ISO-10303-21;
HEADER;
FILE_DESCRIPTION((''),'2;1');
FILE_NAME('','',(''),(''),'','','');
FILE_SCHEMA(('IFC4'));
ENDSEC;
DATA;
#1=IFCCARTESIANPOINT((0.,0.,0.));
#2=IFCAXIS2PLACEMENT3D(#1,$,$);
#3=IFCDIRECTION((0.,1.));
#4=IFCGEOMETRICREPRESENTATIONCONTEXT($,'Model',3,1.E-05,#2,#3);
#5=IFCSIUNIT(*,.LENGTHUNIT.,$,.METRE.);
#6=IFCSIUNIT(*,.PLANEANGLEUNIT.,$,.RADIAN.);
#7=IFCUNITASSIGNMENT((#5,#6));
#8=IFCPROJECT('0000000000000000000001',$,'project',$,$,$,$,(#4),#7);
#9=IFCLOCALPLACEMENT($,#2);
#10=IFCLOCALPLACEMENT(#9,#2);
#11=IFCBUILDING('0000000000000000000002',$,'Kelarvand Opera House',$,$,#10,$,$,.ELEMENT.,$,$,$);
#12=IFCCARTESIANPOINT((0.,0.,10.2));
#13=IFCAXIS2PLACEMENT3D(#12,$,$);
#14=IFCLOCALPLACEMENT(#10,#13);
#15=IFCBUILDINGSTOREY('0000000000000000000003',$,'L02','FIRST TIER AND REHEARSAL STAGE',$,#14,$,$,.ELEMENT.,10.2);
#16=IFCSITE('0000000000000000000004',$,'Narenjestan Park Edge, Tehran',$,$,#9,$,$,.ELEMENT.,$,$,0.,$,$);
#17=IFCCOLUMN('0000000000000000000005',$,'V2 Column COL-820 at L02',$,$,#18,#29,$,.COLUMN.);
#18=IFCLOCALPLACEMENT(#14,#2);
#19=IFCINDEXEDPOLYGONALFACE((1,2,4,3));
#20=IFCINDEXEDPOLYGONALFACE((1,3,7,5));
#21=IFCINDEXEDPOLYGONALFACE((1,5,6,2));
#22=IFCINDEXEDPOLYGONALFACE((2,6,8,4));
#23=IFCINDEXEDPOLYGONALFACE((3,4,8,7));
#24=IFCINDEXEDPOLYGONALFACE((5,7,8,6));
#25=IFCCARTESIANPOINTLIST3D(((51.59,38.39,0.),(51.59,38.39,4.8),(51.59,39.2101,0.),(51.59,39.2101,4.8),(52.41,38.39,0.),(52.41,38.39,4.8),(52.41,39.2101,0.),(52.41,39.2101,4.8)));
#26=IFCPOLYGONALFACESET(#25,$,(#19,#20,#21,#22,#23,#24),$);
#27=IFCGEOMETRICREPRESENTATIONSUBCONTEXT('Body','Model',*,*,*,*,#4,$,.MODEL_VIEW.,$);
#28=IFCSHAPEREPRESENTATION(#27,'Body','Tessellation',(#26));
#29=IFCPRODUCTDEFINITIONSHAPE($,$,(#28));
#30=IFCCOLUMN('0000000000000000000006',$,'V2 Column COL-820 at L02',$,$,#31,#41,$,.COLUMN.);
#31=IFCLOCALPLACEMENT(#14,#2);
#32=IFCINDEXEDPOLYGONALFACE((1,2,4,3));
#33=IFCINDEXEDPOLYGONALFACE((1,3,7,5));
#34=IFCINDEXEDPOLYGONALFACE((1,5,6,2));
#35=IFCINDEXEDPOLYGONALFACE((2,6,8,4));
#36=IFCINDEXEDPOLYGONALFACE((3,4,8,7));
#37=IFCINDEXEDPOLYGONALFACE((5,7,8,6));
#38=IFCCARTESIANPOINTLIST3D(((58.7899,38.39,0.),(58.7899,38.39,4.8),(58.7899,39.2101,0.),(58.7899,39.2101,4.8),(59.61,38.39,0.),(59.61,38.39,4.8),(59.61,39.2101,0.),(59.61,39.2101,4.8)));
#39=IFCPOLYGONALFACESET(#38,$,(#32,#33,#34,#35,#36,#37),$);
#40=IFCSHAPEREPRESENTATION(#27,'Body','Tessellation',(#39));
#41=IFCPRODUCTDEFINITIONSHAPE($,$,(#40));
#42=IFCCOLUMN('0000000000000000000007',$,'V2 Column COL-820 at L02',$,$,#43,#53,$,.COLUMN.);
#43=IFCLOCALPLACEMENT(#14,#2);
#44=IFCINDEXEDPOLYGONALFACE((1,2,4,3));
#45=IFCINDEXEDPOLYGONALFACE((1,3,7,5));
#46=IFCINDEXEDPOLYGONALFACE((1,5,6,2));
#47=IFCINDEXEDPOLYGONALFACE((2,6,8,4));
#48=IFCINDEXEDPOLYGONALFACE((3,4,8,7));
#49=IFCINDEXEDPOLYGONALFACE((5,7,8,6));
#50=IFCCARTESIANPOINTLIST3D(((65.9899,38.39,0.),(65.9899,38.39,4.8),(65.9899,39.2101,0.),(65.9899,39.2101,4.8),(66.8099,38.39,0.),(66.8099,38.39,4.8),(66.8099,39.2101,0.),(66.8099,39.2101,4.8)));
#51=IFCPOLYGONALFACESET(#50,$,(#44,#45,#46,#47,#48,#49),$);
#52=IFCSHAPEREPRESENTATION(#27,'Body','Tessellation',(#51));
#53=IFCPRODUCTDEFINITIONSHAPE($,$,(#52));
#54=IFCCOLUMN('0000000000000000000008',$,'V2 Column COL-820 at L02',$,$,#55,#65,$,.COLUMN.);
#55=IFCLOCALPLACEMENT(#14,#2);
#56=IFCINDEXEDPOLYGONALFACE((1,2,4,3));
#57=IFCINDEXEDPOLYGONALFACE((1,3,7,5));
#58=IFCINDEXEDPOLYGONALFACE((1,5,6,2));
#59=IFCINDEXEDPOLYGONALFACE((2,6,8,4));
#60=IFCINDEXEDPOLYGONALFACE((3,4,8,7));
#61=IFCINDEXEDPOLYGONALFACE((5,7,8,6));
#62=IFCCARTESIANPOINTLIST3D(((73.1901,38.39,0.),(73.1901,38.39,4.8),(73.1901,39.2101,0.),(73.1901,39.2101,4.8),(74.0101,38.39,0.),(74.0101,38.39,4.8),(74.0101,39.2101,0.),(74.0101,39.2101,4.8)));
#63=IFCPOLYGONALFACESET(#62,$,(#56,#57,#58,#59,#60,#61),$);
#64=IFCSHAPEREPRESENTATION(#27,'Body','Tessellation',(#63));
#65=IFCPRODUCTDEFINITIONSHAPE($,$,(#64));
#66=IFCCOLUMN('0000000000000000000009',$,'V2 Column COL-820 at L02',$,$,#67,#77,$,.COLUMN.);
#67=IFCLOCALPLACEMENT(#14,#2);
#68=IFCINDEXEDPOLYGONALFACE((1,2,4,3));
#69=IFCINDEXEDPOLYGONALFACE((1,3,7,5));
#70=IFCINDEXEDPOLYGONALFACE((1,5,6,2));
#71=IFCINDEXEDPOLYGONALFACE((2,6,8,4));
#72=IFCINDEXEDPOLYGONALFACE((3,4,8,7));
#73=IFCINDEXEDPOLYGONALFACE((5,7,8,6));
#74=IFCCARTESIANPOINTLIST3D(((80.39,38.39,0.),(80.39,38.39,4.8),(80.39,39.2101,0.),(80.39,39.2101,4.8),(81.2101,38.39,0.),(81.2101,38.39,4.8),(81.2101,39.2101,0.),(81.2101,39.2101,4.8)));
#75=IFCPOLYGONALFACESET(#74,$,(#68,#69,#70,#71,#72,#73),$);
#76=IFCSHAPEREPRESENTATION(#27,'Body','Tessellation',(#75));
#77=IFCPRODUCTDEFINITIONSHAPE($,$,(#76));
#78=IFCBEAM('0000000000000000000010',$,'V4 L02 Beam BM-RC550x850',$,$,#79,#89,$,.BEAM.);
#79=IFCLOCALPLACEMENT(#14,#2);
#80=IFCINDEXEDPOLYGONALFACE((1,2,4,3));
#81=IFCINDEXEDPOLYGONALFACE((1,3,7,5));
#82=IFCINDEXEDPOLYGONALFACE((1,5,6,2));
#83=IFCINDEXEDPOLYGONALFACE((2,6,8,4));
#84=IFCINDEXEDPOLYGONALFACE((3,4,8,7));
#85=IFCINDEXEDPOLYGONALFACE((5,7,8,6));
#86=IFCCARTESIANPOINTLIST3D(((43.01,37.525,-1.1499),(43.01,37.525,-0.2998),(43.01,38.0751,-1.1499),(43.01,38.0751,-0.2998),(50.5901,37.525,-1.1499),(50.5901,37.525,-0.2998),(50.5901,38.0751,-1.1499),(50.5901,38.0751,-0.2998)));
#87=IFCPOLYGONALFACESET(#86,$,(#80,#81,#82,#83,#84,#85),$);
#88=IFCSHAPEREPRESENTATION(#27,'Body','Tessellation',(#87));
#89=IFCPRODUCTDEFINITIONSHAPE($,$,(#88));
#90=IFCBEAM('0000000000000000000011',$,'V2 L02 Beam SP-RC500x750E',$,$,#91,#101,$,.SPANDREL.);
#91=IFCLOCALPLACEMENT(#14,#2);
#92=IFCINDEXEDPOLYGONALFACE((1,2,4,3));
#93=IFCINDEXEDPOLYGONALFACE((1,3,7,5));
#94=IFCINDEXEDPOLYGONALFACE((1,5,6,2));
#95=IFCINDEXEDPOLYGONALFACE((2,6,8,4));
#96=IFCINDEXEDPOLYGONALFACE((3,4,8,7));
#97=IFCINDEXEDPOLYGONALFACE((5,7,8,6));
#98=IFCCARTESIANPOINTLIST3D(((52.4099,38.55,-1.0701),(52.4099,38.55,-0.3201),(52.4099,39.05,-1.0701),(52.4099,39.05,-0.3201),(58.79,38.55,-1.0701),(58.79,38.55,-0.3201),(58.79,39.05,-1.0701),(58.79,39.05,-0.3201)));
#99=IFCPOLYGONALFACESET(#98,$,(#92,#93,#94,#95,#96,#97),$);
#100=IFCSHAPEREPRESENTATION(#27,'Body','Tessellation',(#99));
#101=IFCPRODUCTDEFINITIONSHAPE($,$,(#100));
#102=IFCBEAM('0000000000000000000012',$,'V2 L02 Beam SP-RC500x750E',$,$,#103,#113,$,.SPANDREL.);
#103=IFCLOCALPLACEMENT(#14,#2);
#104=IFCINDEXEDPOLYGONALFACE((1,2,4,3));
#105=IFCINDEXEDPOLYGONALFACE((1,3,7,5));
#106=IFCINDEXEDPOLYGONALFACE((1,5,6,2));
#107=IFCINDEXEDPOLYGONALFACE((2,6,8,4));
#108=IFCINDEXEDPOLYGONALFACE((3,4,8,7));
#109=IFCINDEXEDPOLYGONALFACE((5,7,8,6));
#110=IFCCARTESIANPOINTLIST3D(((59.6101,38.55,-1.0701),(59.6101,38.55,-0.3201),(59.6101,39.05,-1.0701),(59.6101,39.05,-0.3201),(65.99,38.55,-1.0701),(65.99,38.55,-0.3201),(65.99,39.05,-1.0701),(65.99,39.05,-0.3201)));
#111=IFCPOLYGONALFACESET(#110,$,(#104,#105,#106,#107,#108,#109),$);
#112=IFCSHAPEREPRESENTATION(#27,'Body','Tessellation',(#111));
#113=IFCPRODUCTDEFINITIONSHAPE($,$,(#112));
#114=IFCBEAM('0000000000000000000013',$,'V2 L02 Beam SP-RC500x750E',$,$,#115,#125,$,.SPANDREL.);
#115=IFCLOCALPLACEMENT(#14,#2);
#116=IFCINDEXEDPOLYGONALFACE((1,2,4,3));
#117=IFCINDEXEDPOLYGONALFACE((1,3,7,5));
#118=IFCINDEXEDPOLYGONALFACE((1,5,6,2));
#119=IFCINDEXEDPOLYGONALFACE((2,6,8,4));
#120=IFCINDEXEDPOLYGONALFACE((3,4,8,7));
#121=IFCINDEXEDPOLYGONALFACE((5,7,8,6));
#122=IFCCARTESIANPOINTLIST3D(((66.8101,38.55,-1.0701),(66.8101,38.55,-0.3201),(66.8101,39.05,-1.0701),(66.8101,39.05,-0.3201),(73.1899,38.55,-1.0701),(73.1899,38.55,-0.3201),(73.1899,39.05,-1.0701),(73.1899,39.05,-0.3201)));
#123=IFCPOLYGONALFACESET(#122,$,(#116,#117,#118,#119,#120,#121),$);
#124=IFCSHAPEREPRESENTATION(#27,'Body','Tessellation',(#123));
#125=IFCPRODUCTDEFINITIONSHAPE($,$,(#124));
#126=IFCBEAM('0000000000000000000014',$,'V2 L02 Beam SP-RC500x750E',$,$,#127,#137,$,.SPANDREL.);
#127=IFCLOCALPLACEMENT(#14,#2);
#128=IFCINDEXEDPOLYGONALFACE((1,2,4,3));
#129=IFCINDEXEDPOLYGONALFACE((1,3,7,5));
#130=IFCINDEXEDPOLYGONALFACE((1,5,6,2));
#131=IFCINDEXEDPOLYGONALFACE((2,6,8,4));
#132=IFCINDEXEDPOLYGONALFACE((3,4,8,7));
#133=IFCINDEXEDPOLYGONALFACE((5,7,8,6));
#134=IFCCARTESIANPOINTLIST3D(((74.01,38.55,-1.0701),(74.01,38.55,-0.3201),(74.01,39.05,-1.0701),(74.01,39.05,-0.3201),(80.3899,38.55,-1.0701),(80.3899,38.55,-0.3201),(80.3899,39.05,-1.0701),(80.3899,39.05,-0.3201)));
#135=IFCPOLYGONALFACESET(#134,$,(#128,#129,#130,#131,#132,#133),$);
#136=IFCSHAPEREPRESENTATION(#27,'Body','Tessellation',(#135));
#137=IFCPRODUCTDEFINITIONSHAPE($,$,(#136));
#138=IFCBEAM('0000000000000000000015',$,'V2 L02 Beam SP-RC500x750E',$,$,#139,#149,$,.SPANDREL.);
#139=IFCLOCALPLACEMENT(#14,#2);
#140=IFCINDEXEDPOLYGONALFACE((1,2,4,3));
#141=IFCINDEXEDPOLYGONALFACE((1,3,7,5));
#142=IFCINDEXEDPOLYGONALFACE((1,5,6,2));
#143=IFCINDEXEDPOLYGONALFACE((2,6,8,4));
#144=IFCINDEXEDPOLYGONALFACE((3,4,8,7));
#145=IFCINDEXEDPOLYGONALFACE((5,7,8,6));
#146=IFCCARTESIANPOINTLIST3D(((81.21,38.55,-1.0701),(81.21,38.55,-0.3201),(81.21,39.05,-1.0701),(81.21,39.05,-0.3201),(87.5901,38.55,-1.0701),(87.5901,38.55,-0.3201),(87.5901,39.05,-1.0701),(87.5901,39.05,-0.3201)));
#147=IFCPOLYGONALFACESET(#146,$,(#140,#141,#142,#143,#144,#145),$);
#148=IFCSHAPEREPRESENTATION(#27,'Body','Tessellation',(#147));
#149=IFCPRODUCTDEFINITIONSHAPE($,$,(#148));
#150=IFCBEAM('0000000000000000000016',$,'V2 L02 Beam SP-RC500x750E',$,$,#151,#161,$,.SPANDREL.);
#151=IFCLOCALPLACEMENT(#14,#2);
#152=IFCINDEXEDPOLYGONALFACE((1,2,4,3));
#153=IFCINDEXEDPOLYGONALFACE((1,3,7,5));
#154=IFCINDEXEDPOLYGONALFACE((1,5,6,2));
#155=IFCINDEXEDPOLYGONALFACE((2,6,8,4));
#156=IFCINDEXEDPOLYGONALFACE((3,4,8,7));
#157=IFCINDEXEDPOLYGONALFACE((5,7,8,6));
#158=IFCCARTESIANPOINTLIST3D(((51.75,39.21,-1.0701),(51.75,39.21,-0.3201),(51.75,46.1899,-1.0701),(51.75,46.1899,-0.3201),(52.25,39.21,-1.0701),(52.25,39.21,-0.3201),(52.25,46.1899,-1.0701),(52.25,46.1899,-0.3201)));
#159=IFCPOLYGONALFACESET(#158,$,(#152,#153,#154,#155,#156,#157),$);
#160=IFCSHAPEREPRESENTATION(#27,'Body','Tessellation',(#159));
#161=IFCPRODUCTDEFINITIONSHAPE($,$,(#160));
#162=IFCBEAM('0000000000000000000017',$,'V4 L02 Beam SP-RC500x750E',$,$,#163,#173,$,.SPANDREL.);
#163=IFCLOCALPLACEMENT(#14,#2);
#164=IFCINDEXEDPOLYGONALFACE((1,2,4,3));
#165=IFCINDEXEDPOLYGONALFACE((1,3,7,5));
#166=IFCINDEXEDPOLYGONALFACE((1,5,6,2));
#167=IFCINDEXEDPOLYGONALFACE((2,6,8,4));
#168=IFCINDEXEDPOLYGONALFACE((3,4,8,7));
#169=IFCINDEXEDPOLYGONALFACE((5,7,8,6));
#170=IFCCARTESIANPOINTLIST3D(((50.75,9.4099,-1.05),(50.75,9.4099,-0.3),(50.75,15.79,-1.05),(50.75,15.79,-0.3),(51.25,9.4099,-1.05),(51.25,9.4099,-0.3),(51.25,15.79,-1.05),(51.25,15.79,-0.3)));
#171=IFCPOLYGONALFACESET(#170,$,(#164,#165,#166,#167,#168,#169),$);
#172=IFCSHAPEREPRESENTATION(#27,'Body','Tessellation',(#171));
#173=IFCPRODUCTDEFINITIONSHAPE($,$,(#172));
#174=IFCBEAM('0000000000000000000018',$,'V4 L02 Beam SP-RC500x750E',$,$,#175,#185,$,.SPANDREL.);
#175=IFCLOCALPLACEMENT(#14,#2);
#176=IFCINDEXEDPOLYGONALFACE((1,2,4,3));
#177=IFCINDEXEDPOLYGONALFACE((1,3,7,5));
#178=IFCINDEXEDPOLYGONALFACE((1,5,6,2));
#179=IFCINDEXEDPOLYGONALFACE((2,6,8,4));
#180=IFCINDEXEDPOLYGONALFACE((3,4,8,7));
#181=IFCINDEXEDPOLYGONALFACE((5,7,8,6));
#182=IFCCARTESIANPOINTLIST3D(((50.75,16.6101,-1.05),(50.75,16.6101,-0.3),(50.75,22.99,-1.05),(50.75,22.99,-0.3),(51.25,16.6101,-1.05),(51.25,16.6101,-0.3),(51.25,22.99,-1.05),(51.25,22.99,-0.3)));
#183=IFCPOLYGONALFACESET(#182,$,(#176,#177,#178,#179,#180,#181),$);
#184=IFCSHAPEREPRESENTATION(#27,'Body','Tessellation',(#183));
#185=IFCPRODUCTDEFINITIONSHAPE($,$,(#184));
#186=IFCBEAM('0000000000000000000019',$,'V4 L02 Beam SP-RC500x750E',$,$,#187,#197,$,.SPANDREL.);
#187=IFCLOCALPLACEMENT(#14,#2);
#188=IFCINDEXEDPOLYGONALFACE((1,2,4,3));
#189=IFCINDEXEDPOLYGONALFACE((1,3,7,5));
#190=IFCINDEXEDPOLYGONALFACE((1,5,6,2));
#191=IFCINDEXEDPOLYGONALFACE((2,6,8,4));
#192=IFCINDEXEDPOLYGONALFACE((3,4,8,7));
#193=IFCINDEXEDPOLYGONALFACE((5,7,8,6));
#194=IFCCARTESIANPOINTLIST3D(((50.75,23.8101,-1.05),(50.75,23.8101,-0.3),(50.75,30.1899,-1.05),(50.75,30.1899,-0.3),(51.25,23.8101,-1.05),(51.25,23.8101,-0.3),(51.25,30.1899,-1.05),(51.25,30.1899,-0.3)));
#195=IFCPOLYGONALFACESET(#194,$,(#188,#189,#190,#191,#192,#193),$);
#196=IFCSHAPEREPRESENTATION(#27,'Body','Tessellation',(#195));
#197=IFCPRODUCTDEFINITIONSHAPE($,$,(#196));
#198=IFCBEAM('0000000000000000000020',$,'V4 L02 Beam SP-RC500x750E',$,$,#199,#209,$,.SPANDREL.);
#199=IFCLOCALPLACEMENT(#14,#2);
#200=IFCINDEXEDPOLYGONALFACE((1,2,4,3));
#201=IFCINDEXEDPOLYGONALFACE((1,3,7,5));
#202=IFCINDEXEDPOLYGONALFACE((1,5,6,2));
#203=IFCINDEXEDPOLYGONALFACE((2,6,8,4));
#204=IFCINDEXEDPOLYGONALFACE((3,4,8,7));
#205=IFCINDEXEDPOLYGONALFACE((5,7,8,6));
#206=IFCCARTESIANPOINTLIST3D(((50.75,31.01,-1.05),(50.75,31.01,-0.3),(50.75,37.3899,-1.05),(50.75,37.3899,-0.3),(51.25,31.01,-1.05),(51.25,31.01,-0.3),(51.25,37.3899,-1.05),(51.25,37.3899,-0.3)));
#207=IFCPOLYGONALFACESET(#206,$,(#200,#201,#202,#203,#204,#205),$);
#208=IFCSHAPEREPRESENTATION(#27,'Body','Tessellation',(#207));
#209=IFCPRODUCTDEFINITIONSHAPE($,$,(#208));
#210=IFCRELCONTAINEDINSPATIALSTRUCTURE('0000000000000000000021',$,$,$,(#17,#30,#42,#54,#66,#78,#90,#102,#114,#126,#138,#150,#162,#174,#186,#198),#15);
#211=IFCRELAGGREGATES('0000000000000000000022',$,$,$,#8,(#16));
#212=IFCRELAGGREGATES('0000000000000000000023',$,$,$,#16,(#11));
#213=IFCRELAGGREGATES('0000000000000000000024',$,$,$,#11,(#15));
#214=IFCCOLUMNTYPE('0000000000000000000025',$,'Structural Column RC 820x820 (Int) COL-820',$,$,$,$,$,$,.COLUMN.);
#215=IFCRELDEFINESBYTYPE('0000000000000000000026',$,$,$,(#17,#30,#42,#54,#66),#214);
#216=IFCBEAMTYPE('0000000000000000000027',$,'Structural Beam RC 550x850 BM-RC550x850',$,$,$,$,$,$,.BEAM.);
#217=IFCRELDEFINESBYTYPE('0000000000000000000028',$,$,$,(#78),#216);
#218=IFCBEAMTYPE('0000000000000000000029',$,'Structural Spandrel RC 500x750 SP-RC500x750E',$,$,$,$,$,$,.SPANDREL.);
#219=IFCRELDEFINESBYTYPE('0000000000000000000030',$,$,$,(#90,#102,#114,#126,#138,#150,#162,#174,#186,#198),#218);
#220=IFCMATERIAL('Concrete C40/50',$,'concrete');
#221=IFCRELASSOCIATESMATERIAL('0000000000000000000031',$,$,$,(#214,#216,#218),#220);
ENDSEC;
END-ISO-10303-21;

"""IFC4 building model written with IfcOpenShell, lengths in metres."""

from ifc_helpers import new_model, si_unit, direction, frame, origin, origin_2d, place, context, subcontext, project, spatial, rectangle, extrude, material, material_profile, profile_set, type_object, element, save


model = new_model("IFC4")

# Units and contexts
model_context = context("Model", 3, precision=1e-05, world=origin(), true_north=direction((0.0, 1.0)))
body_context = subcontext(model_context, "Body", "Model", "MODEL_VIEW")
ifc_project = project(units=[si_unit("LENGTHUNIT", "METRE"), si_unit("PLANEANGLEUNIT", "RADIAN")], contexts=[model_context])

# Site, building, storey
site_placement = place(None, origin())
site = spatial("IfcSite", under=ifc_project, at=site_placement, Name="Narenjestan Park Edge, Tehran", CompositionType="ELEMENT", RefElevation=0.0)
building_placement = place(site_placement, origin())
building = spatial("IfcBuilding", under=site, at=building_placement, Name="Kelarvand Opera House", CompositionType="ELEMENT")
storey_placement = place(building_placement, frame((0.0, 0.0, 10.2)))
storey = spatial("IfcBuildingStorey", under=building, at=storey_placement, Name="L02", Description="FIRST TIER AND REHEARSAL STAGE", CompositionType="ELEMENT", Elevation=10.2)

# Columns
ifc_material_1 = material(Name="Concrete C40/50", Category="concrete")
ifc_material_profile_1 = material_profile(ifc_material_1, rectangle(XDim=0.8201, YDim=0.8201, at=origin_2d()), Name="RC 820x820", Category="concrete")
ifc_profile_set_1 = profile_set([ifc_material_profile_1], Name="Concrete C40/50")
column_type = type_object("IfcColumnType", Name="Structural Column RC 820x820 (Int) COL-820", PredefinedType="COLUMN", material=ifc_profile_set_1)
for number, where, z_axis, x_axis, name in (
    (1, (52.0, 38.8, 0.0), (0.0, 0.0, 1.0), (1.0, 0.0, 0.0), "V2 Column COL-820 at L02"),
    (2, (59.2, 38.8, 0.0), (0.0, 0.0, 1.0), (1.0, 0.0, 0.0), "V2 Column COL-820 at L02"),
    (3, (66.3999, 38.8, 0.0), (0.0, 0.0, 1.0), (1.0, 0.0, 0.0), "V2 Column COL-820 at L02"),
    (4, (73.6001, 38.8, 0.0), (0.0, 0.0, 1.0), (1.0, 0.0, 0.0), "V2 Column COL-820 at L02"),
    (5, (80.8, 38.8, 0.0), (0.0, 0.0, 1.0), (1.0, 0.0, 0.0), "V2 Column COL-820 at L02"),
):
    element("IfcColumn", number, at=place(storey_placement, frame(where, z_axis=z_axis, x_axis=x_axis)), inside=storey, type_object=column_type, Name=name, PredefinedType="COLUMN", context=body_context, shape_type="SweptSolid", body=[
        extrude(rectangle(XDim=0.8201, YDim=0.8201, at=origin_2d()), origin(), (0.0, 0.0, 1.0), 4.8),
    ])

# Beams
ifc_material_profile_2 = material_profile(ifc_material_1, rectangle(XDim=0.55, YDim=0.8501, at=origin_2d()), Name="RC 550x850", Category="concrete")
ifc_profile_set_2 = profile_set([ifc_material_profile_2], Name="Concrete C40/50")
beam_type_1 = type_object("IfcBeamType", Name="Structural Beam RC 550x850 BM-RC550x850", PredefinedType="BEAM", material=ifc_profile_set_2)
beam_1_placement = place(storey_placement, frame((43.01, 37.8, -0.7249), z_axis=(1.0, 0.0, 0.0), x_axis=(0.0, 1.0, 0.0)))
element("IfcBeam", 6, at=beam_1_placement, inside=storey, type_object=beam_type_1, Name="V4 L02 Beam BM-RC550x850", PredefinedType="BEAM", context=body_context, shape_type="SweptSolid", body=[
    extrude(rectangle(XDim=0.55, YDim=0.8501, at=origin_2d()), origin(), (0.0, 0.0, 1.0), 7.5801),
])
ifc_material_profile_3 = material_profile(ifc_material_1, rectangle(XDim=0.5, YDim=0.75, at=origin_2d()), Name="RC 500x750", Category="concrete")
ifc_profile_set_3 = profile_set([ifc_material_profile_3], Name="Concrete C40/50")
beam_type_2 = type_object("IfcBeamType", Name="Structural Spandrel RC 500x750 SP-RC500x750E", PredefinedType="SPANDREL", material=ifc_profile_set_3)
beam_2_placement = place(storey_placement, frame((52.4099, 38.8, -0.6951), z_axis=(1.0, 0.0, 0.0), x_axis=(0.0, 1.0, 0.0)))
element("IfcBeam", 7, at=beam_2_placement, inside=storey, type_object=beam_type_2, Name="V2 L02 Beam SP-RC500x750E", PredefinedType="SPANDREL", context=body_context, shape_type="SweptSolid", body=[
    extrude(rectangle(XDim=0.5, YDim=0.75, at=origin_2d()), origin(), (0.0, 0.0, 1.0), 6.3801),
])
for number, where, z_axis, x_axis, name in (
    (8, (59.6101, 38.8, -0.6951), (1.0, 0.0, 0.0), (0.0, 1.0, 0.0), "V2 L02 Beam SP-RC500x750E"),
    (9, (66.8101, 38.8, -0.6951), (1.0, 0.0, 0.0), (0.0, 1.0, 0.0), "V2 L02 Beam SP-RC500x750E"),
    (10, (74.01, 38.8, -0.6951), (1.0, 0.0, 0.0), (0.0, 1.0, 0.0), "V2 L02 Beam SP-RC500x750E"),
):
    element("IfcBeam", number, at=place(storey_placement, frame(where, z_axis=z_axis, x_axis=x_axis)), inside=storey, type_object=beam_type_2, Name=name, PredefinedType="SPANDREL", context=body_context, shape_type="SweptSolid", body=[
        extrude(rectangle(XDim=0.5, YDim=0.75, at=origin_2d()), origin(), (0.0, 0.0, 1.0), 6.3799),
    ])
beam_3_placement = place(storey_placement, frame((81.21, 38.8, -0.6951), z_axis=(1.0, 0.0, 0.0), x_axis=(0.0, 1.0, 0.0)))
element("IfcBeam", 11, at=beam_3_placement, inside=storey, type_object=beam_type_2, Name="V2 L02 Beam SP-RC500x750E", PredefinedType="SPANDREL", context=body_context, shape_type="SweptSolid", body=[
    extrude(rectangle(XDim=0.5, YDim=0.75, at=origin_2d()), origin(), (0.0, 0.0, 1.0), 6.3801),
])
beam_4_placement = place(storey_placement, frame((52.0, 39.21, -0.6951), z_axis=(0.0, 1.0, 0.0), x_axis=(-1.0, 0.0, 0.0)))
element("IfcBeam", 12, at=beam_4_placement, inside=storey, type_object=beam_type_2, Name="V2 L02 Beam SP-RC500x750E", PredefinedType="SPANDREL", context=body_context, shape_type="SweptSolid", body=[
    extrude(rectangle(XDim=0.5, YDim=0.75, at=origin_2d()), origin(), (0.0, 0.0, 1.0), 6.98),
])
beam_5_placement = place(storey_placement, frame((51.0, 9.4099, -0.675), z_axis=(0.0, 1.0, 0.0), x_axis=(-1.0, 0.0, 0.0)))
element("IfcBeam", 13, at=beam_5_placement, inside=storey, type_object=beam_type_2, Name="V4 L02 Beam SP-RC500x750E", PredefinedType="SPANDREL", context=body_context, shape_type="SweptSolid", body=[
    extrude(rectangle(XDim=0.5, YDim=0.75, at=origin_2d()), origin(), (0.0, 0.0, 1.0), 6.3801),
])
for number, where, z_axis, x_axis, name in (
    (14, (51.0, 16.6101, -0.675), (0.0, 1.0, 0.0), (-1.0, 0.0, 0.0), "V4 L02 Beam SP-RC500x750E"),
    (15, (51.0, 23.8101, -0.675), (0.0, 1.0, 0.0), (-1.0, 0.0, 0.0), "V4 L02 Beam SP-RC500x750E"),
    (16, (51.0, 31.01, -0.675), (0.0, 1.0, 0.0), (-1.0, 0.0, 0.0), "V4 L02 Beam SP-RC500x750E"),
):
    element("IfcBeam", number, at=place(storey_placement, frame(where, z_axis=z_axis, x_axis=x_axis)), inside=storey, type_object=beam_type_2, Name=name, PredefinedType="SPANDREL", context=body_context, shape_type="SweptSolid", body=[
        extrude(rectangle(XDim=0.5, YDim=0.75, at=origin_2d()), origin(), (0.0, 0.0, 1.0), 6.3799),
    ])

save(model, "model.ifc")
